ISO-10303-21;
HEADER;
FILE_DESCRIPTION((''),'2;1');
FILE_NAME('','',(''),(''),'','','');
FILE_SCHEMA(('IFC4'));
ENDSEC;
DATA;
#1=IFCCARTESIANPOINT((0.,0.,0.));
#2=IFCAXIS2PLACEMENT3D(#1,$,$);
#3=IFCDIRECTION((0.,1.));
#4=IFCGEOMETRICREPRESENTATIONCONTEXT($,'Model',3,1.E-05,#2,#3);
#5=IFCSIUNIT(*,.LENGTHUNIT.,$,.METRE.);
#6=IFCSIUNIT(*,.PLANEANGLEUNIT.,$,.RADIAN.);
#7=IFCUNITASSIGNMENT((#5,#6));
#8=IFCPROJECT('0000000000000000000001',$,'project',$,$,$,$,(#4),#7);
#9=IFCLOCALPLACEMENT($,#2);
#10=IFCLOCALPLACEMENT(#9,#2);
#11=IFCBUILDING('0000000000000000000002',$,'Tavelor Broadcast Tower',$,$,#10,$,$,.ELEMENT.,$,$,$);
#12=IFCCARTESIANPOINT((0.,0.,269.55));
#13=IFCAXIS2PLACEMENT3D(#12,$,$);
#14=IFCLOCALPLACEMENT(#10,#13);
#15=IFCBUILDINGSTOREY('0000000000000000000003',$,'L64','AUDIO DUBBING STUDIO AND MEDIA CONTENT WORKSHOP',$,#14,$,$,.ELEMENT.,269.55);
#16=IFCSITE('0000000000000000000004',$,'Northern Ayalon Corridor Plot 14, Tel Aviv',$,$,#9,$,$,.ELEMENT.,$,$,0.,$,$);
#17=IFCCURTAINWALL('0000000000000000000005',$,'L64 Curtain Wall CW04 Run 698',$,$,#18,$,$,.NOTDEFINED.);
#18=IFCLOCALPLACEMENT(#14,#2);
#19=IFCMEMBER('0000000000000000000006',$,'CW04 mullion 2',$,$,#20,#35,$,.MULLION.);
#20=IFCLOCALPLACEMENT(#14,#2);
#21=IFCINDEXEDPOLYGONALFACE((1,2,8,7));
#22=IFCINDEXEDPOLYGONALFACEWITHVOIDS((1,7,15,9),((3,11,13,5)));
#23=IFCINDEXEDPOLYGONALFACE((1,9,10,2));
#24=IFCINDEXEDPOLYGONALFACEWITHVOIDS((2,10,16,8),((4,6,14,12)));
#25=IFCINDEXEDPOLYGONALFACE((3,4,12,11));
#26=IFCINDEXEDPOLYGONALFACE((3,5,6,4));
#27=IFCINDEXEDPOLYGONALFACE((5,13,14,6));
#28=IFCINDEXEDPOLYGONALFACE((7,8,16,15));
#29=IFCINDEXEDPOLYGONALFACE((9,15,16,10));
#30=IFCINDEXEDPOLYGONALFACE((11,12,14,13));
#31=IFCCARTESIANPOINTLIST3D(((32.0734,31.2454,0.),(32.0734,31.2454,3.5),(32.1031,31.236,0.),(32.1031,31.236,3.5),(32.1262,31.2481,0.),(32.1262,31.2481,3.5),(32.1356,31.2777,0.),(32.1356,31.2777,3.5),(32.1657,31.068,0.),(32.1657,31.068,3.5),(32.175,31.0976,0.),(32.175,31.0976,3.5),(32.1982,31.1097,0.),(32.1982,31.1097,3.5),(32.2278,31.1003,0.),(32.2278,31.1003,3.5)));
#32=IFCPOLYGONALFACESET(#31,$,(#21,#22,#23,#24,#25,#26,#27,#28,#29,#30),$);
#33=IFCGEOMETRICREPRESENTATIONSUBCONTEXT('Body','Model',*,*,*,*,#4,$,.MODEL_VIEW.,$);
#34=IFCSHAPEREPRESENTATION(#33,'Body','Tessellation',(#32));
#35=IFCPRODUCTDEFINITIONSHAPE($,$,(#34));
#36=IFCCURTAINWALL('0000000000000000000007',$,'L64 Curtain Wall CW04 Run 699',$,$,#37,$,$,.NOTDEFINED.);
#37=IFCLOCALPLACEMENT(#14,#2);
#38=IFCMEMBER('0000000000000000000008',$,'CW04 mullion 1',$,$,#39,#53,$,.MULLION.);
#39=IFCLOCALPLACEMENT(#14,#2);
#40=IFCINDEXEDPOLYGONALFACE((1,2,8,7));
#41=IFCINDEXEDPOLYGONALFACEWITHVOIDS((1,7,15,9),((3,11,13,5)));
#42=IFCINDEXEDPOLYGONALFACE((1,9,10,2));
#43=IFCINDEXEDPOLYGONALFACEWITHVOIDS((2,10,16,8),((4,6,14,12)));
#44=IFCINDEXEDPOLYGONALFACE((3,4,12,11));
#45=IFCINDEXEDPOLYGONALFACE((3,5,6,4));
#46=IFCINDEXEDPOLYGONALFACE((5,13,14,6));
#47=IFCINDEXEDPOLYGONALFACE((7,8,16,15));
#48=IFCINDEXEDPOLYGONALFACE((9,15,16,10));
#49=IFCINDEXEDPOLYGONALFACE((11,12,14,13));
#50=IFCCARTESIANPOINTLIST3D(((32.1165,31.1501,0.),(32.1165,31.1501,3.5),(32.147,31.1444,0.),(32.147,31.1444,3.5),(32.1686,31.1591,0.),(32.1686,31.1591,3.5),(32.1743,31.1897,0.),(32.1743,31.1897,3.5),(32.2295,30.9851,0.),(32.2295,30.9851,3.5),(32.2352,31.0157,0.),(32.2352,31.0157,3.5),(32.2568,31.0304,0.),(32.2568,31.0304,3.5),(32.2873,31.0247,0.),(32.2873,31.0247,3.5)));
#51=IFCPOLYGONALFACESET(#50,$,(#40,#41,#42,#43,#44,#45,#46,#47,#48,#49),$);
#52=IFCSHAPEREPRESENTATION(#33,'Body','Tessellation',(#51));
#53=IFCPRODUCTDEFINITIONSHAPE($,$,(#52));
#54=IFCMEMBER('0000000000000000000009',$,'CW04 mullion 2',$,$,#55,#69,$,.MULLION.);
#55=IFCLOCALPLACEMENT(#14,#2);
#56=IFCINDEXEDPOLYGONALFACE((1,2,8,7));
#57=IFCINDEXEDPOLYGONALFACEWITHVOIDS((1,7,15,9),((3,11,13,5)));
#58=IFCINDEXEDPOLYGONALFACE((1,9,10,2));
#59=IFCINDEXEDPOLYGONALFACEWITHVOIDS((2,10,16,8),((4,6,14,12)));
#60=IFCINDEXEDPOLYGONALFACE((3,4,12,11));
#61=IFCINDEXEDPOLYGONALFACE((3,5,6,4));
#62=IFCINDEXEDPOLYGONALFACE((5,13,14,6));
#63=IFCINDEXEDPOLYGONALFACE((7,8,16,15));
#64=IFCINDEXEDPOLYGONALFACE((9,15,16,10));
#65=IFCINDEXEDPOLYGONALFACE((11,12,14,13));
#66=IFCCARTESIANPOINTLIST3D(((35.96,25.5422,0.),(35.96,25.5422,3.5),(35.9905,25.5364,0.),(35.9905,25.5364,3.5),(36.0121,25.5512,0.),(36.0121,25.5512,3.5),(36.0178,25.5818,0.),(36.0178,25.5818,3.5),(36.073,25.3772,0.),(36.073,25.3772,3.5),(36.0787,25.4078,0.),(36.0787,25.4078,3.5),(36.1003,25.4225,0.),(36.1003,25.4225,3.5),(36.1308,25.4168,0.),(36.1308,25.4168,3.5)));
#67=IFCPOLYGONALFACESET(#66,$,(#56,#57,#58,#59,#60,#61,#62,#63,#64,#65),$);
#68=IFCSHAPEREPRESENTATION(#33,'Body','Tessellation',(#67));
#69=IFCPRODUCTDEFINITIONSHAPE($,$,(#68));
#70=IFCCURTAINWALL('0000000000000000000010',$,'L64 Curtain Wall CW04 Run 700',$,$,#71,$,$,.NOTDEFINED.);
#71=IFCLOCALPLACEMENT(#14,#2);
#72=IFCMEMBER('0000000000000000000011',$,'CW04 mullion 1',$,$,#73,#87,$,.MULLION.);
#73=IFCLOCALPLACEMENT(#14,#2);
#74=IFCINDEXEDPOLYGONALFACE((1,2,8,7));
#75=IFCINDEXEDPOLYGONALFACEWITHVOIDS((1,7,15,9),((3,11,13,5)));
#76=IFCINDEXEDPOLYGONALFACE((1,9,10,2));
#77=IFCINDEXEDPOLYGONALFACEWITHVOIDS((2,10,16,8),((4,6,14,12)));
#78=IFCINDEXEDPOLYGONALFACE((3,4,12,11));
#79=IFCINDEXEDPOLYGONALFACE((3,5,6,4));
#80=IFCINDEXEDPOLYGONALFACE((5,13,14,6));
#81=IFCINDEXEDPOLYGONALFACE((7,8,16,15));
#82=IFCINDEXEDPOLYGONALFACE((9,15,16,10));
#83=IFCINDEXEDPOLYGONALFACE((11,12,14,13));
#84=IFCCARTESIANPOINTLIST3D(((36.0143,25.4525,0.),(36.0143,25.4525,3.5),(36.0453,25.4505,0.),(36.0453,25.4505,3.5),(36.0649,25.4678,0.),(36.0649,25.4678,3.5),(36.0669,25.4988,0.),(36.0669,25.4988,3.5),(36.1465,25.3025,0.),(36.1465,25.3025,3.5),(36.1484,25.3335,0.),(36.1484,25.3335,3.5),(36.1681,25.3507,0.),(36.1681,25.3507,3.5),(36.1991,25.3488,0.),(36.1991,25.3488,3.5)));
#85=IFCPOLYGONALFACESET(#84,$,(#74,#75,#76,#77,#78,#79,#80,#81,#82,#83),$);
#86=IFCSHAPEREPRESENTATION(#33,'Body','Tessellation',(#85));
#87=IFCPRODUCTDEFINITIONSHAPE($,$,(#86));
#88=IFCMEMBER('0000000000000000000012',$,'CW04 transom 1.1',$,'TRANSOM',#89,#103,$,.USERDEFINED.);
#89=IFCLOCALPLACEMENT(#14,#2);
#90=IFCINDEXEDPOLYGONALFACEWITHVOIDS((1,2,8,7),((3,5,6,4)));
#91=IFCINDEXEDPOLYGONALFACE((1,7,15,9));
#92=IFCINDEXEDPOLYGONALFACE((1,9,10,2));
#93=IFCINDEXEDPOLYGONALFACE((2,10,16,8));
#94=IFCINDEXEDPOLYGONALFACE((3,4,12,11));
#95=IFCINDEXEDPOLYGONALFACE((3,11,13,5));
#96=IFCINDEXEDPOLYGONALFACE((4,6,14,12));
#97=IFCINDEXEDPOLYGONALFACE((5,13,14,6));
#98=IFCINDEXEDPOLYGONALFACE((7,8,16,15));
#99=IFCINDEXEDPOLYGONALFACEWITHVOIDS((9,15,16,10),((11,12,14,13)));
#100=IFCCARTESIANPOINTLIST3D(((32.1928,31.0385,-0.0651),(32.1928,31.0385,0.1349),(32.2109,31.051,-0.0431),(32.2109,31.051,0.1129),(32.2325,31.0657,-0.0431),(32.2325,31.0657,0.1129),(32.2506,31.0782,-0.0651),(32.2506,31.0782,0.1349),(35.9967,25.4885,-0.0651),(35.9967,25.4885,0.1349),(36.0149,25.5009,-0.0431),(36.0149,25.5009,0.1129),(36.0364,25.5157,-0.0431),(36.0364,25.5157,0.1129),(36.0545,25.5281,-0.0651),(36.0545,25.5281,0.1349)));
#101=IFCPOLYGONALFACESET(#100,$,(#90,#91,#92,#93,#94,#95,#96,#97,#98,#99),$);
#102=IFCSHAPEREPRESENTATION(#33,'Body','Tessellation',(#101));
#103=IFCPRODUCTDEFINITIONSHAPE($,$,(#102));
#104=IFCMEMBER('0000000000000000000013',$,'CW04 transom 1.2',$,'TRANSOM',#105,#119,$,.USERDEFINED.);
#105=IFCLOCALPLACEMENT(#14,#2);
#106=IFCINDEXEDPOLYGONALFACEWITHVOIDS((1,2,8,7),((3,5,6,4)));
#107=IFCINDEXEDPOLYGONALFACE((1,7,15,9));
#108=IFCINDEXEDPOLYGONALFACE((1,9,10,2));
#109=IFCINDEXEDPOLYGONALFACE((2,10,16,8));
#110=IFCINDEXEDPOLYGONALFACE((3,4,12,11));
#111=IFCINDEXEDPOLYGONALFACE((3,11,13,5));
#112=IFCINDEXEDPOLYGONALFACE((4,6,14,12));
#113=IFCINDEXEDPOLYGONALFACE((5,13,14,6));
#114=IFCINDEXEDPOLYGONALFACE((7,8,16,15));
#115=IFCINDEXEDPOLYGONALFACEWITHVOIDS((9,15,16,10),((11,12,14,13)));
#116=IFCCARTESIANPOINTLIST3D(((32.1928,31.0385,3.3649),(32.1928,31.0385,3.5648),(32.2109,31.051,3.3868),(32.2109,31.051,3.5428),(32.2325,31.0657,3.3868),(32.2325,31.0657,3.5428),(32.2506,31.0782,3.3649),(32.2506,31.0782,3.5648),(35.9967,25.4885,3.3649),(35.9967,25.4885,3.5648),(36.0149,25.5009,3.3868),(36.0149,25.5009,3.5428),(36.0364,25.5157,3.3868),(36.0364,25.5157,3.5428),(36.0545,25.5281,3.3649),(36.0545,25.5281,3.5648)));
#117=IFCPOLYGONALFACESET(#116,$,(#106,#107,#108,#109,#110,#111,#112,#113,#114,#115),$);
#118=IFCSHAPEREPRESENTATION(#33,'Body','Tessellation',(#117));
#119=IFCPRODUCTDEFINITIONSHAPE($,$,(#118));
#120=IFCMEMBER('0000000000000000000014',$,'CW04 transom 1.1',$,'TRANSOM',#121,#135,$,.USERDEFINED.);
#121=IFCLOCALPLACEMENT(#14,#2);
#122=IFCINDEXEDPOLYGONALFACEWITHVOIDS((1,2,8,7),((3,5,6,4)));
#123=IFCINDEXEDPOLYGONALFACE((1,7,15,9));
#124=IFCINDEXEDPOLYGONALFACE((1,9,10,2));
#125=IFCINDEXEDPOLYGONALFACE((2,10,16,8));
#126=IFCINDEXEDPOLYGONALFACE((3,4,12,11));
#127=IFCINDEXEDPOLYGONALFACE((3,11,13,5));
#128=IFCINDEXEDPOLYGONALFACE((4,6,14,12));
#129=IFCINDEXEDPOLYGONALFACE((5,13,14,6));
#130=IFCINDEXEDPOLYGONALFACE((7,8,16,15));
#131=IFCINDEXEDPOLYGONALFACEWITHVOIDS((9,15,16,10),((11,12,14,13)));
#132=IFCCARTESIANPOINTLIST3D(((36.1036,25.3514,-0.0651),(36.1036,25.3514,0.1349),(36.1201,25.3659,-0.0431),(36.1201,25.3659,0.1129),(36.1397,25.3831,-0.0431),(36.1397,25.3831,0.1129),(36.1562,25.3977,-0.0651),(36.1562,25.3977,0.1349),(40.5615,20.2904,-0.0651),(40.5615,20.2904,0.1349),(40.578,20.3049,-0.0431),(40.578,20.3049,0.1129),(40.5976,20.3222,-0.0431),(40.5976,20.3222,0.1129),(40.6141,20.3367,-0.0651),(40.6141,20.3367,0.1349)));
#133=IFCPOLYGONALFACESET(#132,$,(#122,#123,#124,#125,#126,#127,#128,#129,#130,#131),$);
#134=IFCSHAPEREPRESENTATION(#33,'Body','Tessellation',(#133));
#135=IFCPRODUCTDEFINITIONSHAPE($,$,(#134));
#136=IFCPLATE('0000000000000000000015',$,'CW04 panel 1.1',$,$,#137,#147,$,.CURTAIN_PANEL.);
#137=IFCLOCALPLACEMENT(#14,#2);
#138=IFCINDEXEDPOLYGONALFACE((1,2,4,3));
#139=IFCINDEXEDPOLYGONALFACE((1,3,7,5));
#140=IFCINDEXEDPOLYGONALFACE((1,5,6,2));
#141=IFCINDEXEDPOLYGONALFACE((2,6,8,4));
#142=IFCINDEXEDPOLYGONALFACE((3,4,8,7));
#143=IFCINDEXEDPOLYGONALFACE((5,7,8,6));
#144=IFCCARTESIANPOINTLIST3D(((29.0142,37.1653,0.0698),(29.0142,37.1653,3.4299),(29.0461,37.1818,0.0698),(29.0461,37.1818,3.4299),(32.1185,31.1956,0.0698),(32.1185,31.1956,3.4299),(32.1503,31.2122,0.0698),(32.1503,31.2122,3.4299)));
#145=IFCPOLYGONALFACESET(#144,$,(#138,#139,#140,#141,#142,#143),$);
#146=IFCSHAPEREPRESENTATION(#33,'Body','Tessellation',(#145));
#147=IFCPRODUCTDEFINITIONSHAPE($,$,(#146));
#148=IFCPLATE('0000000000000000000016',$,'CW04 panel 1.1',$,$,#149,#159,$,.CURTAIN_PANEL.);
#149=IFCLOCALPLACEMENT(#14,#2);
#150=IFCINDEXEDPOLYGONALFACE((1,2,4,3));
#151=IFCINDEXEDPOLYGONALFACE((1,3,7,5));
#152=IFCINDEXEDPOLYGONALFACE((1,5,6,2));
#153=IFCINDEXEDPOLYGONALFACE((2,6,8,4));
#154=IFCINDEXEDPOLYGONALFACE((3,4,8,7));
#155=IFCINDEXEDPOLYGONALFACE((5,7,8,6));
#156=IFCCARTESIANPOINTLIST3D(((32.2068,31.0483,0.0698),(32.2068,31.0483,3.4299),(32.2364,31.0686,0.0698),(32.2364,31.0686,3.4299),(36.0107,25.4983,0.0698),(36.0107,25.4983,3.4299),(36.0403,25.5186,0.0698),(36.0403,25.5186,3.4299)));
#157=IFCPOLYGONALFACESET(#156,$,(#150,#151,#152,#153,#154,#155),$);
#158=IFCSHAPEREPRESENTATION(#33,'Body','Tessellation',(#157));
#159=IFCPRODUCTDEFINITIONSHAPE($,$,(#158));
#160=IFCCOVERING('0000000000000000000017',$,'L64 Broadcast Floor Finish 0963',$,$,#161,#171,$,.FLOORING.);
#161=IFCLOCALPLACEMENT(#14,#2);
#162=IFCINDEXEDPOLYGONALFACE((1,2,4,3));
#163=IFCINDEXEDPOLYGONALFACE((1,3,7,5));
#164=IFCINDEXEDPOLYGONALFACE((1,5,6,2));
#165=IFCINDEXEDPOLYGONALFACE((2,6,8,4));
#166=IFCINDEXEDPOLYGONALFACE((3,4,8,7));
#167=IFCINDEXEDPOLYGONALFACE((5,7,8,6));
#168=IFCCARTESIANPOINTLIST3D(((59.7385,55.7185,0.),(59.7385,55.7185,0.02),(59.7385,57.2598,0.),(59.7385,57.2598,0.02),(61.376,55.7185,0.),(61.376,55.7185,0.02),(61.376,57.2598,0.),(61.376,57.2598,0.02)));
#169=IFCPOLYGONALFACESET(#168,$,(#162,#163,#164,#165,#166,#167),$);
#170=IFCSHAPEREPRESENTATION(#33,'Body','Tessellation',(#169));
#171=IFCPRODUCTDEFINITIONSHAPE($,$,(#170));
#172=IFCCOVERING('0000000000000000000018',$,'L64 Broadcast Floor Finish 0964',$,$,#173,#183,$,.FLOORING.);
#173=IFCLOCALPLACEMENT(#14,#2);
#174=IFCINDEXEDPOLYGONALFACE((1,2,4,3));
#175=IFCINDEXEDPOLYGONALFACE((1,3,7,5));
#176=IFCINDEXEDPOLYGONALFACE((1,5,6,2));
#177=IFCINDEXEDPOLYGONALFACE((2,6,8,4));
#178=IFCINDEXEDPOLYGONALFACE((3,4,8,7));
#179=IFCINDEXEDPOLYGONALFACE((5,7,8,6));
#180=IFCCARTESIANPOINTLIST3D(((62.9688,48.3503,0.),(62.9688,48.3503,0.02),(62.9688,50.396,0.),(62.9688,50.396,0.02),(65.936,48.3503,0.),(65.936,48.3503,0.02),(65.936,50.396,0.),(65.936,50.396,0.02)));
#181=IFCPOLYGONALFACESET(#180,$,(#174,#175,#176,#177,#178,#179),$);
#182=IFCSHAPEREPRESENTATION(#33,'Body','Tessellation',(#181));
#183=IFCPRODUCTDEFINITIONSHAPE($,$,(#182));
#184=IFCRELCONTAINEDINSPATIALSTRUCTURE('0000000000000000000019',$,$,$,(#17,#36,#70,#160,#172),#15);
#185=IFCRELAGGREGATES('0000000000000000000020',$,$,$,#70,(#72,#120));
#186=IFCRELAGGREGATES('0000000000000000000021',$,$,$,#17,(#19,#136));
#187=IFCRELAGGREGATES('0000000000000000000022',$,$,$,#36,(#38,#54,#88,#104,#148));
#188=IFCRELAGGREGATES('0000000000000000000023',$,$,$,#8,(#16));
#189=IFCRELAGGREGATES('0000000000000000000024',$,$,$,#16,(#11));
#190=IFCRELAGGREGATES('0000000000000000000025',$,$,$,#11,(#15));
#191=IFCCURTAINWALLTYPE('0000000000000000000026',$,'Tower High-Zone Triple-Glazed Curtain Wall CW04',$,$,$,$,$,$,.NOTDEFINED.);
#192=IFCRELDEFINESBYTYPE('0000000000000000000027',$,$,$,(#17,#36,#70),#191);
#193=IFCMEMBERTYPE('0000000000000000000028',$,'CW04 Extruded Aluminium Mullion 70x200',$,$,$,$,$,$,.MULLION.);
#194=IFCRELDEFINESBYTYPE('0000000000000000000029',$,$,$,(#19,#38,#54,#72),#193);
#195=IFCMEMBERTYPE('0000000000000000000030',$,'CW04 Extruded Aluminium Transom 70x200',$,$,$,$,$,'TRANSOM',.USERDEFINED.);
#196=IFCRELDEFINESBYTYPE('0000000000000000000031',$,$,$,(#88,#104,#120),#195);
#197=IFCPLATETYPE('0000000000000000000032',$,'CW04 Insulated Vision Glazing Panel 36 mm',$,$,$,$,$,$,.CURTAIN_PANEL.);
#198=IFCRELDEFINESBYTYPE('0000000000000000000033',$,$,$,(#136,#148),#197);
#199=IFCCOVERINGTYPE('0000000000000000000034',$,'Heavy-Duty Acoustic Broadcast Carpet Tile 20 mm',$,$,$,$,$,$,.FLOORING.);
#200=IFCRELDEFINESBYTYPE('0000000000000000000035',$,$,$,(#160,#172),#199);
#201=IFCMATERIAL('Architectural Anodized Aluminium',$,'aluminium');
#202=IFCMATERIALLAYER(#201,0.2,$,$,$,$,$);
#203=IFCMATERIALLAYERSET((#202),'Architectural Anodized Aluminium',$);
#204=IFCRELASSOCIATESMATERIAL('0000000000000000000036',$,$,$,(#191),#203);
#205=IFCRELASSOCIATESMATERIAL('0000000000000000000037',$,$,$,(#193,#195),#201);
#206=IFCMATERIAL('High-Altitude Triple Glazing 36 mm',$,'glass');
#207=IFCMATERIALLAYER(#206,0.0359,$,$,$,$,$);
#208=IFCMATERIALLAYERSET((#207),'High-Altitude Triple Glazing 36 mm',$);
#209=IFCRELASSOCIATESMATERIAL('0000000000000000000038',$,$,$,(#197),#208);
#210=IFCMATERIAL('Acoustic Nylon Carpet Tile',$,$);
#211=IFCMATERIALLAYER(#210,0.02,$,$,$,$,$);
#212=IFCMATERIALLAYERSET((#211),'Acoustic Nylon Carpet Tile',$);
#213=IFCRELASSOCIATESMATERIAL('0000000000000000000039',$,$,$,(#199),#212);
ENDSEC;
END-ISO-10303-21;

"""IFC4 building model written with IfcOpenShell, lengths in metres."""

from ifc_helpers import new_model, si_unit, direction, frame, origin, origin_2d, place, context, subcontext, project, spatial, polyline, rectangle, hollow_rectangle, outline, extrude, source, transform, mapped, material, layer, layer_set, material_profile, profile_set, type_object, type_shapes, element, aggregate, save


model = new_model("IFC4")

# Units and contexts
model_context = context("Model", 3, precision=1e-05, world=origin(), true_north=direction((0.0, 1.0)))
body_context = subcontext(model_context, "Body", "Model", "MODEL_VIEW")
ifc_project = project(units=[si_unit("LENGTHUNIT", "METRE"), si_unit("PLANEANGLEUNIT", "RADIAN")], contexts=[model_context])

# Site, building, storey
site_placement = place(None, origin())
site = spatial("IfcSite", under=ifc_project, at=site_placement, Name="Northern Ayalon Corridor Plot 14, Tel Aviv", CompositionType="ELEMENT", RefElevation=0.0)
building_placement = place(site_placement, origin())
building = spatial("IfcBuilding", under=site, at=building_placement, Name="Tavelor Broadcast Tower", CompositionType="ELEMENT")
storey_placement = place(building_placement, frame((0.0, 0.0, 269.55)))
storey = spatial("IfcBuildingStorey", under=building, at=storey_placement, Name="L64", Description="AUDIO DUBBING STUDIO AND MEDIA CONTENT WORKSHOP", CompositionType="ELEMENT", Elevation=269.55)

# Curtain wall, member
ifc_material_1 = material(Name="Architectural Anodized Aluminium", Category="aluminium")
ifc_layer_1 = layer(ifc_material_1, 0.2)
ifc_layer_set_1 = layer_set([ifc_layer_1], Name="Architectural Anodized Aluminium")
curtain_wall_type = type_object("IfcCurtainWallType", Name="Tower High-Zone Triple-Glazed Curtain Wall CW04", PredefinedType="NOTDEFINED", material=ifc_layer_set_1)
curtain_wall_1_placement = place(storey_placement, origin())
curtain_wall_1 = element("IfcCurtainWall", 1, at=curtain_wall_1_placement, inside=storey, type_object=curtain_wall_type, Name="L64 Curtain Wall CW04 Run 698", PredefinedType="NOTDEFINED")
ifc_material_profile_1 = material_profile(ifc_material_1, hollow_rectangle(XDim=0.0701, YDim=0.2, WallThickness=0.022, at=origin_2d()), Name="RHS 70x200x22")
ifc_profile_set_1 = profile_set([ifc_material_profile_1], Name="Architectural Anodized Aluminium")
member_type_1 = type_object("IfcMemberType", Name="CW04 Extruded Aluminium Mullion 70x200", PredefinedType="MULLION", material=ifc_profile_set_1)
shared_shape_1 = source(origin(), body_context, "Body", "SweptSolid", [
    extrude(hollow_rectangle(XDim=0.0701, YDim=0.2, WallThickness=0.022, at=origin_2d()), origin(), (0.0, 0.0, 1.0), 3.5),
])
type_shapes(member_type_1, [shared_shape_1])
member_1_placement = place(storey_placement, frame((32.1506, 31.1729, 0.0), z_axis=(0.0, 0.0, 1.0), x_axis=(0.887215, 0.461355, 0.0)))
member_1 = element("IfcMember", 2, at=member_1_placement, type_object=member_type_1, Name="CW04 mullion 2", PredefinedType="MULLION", context=body_context, shape_type="MappedRepresentation", body=[
    mapped(shared_shape_1, transform((0.0, 0.0, 0.0), scale=1.0)),
])

# Curtain wall, members
curtain_wall_2_placement = place(storey_placement, origin())
curtain_wall_2 = element("IfcCurtainWall", 3, at=curtain_wall_2_placement, inside=storey, type_object=curtain_wall_type, Name="L64 Curtain Wall CW04 Run 699", PredefinedType="NOTDEFINED")
member_2_placement = place(storey_placement, frame((32.2019, 31.0874, 0.0), z_axis=(0.0, 0.0, 1.0), x_axis=(0.824857, 0.565342, 0.0)))
member_2 = element("IfcMember", 4, at=member_2_placement, type_object=member_type_1, Name="CW04 mullion 1", PredefinedType="MULLION", context=body_context, shape_type="MappedRepresentation", body=[
    mapped(shared_shape_1, transform((0.0, 0.0, 0.0), scale=1.0)),
])
member_3_placement = place(storey_placement, frame((36.0454, 25.4795, 0.0), z_axis=(0.0, 0.0, 1.0), x_axis=(0.824857, 0.565342, 0.0)))
member_3 = element("IfcMember", 5, at=member_3_placement, type_object=member_type_1, Name="CW04 mullion 2", PredefinedType="MULLION", context=body_context, shape_type="MappedRepresentation", body=[
    mapped(shared_shape_1, transform((0.0, 0.0, 0.0), scale=1.0)),
])

# Curtain wall, member
curtain_wall_3_placement = place(storey_placement, origin())
curtain_wall_3 = element("IfcCurtainWall", 6, at=curtain_wall_3_placement, inside=storey, type_object=curtain_wall_type, Name="L64 Curtain Wall CW04 Run 700", PredefinedType="NOTDEFINED")
member_4_placement = place(storey_placement, frame((36.1067, 25.4006, 0.0), z_axis=(0.0, 0.0, 1.0), x_axis=(0.750388, 0.660998, 0.0)))
member_4 = element("IfcMember", 7, at=member_4_placement, type_object=member_type_1, Name="CW04 mullion 1", PredefinedType="MULLION", context=body_context, shape_type="MappedRepresentation", body=[
    mapped(shared_shape_1, transform((0.0, 0.0, 0.0), scale=1.0)),
])

# Members
ifc_material_profile_2 = material_profile(ifc_material_1, hollow_rectangle(XDim=0.0701, YDim=0.2, WallThickness=0.022, at=origin_2d()), Name="RHS 70x200x22")
ifc_profile_set_2 = profile_set([ifc_material_profile_2], Name="Architectural Anodized Aluminium")
member_type_2 = type_object("IfcMemberType", Name="CW04 Extruded Aluminium Transom 70x200", ElementType="TRANSOM", PredefinedType="USERDEFINED", material=ifc_profile_set_2)
shared_shape_2 = source(origin(), body_context, "Body", "SweptSolid", [
    extrude(hollow_rectangle(XDim=0.0701, YDim=0.2, WallThickness=0.022, at=origin_2d()), origin(), (0.0, 0.0, 1.0), 6.7285),
])
member_5_placement = place(storey_placement, frame((32.2217, 31.0583, 0.0349), z_axis=(0.565347, -0.824853, 0.0), x_axis=(0.824853, 0.565347, 0.0)))
member_5 = element("IfcMember", 8, at=member_5_placement, type_object=member_type_2, Name="CW04 transom 1.1", ObjectType="TRANSOM", PredefinedType="USERDEFINED", context=body_context, shape_type="MappedRepresentation", body=[
    mapped(shared_shape_2, transform((0.0, 0.0, 0.0), scale=1.0)),
])
member_6_placement = place(storey_placement, frame((32.2217, 31.0583, 3.4648), z_axis=(0.565347, -0.824853, 0.0), x_axis=(0.824853, 0.565347, 0.0)))
member_6 = element("IfcMember", 9, at=member_6_placement, type_object=member_type_2, Name="CW04 transom 1.2", ObjectType="TRANSOM", PredefinedType="USERDEFINED", context=body_context, shape_type="MappedRepresentation", body=[
    mapped(shared_shape_2, transform((0.0, 0.0, 0.0), scale=1.0)),
])
shared_shape_3 = source(origin(), body_context, "Body", "SweptSolid", [
    extrude(hollow_rectangle(XDim=0.0701, YDim=0.2, WallThickness=0.022, at=origin_2d()), origin(), (0.0, 0.0, 1.0), 6.7444),
])
type_shapes(member_type_2, [shared_shape_2, shared_shape_3])
member_7_placement = place(storey_placement, frame((36.1299, 25.3745, 0.0349), z_axis=(0.660987, -0.750397, 0.0), x_axis=(0.750397, 0.660987, 0.0)))
member_7 = element("IfcMember", 10, at=member_7_placement, type_object=member_type_2, Name="CW04 transom 1.1", ObjectType="TRANSOM", PredefinedType="USERDEFINED", context=body_context, shape_type="MappedRepresentation", body=[
    mapped(shared_shape_3, transform((0.0, 0.0, 0.0), scale=1.0)),
])
aggregate(curtain_wall_3, [member_4, member_7])

# Plates
ifc_material_2 = material(Name="High-Altitude Triple Glazing 36 mm", Category="glass")
ifc_layer_2 = layer(ifc_material_2, 0.0359)
ifc_layer_set_2 = layer_set([ifc_layer_2], Name="High-Altitude Triple Glazing 36 mm")
plate_type = type_object("IfcPlateType", Name="CW04 Insulated Vision Glazing Panel 36 mm", PredefinedType="CURTAIN_PANEL", material=ifc_layer_set_2)
shared_shape_4 = source(origin(), body_context, "Body", "SweptSolid", [
    extrude(rectangle(XDim=6.7285, YDim=0.0359, at=origin_2d()), origin(), (0.0, 0.0, 1.0), 3.3601),
])
type_shapes(plate_type, [shared_shape_4])
plate_1_placement = place(storey_placement, frame((30.5823, 34.1887, 0.0698), z_axis=(0.0, 0.0, 1.0), x_axis=(0.461355, -0.887215, 0.0)))
plate_1 = element("IfcPlate", 11, at=plate_1_placement, type_object=plate_type, Name="CW04 panel 1.1", PredefinedType="CURTAIN_PANEL", context=body_context, shape_type="MappedRepresentation", body=[
    mapped(shared_shape_4, transform((0.0, 0.0, 0.0), scale=1.0)),
])
aggregate(curtain_wall_1, [member_1, plate_1])
plate_2_placement = place(storey_placement, frame((34.1235, 28.2834, 0.0698), z_axis=(0.0, 0.0, 1.0), x_axis=(0.565342, -0.824857, 0.0)))
plate_2 = element("IfcPlate", 12, at=plate_2_placement, type_object=plate_type, Name="CW04 panel 1.1", PredefinedType="CURTAIN_PANEL", context=body_context, shape_type="MappedRepresentation", body=[
    mapped(shared_shape_4, transform((0.0, 0.0, 0.0), scale=1.0)),
])
aggregate(curtain_wall_2, [member_2, member_3, member_5, member_6, plate_2])

# Coverings
ifc_material_3 = material(Name="Acoustic Nylon Carpet Tile")
ifc_layer_3 = layer(ifc_material_3, 0.02)
ifc_layer_set_3 = layer_set([ifc_layer_3], Name="Acoustic Nylon Carpet Tile")
covering_type_1 = type_object("IfcCoveringType", Name="Heavy-Duty Acoustic Broadcast Carpet Tile 20 mm", PredefinedType="FLOORING", material=ifc_layer_set_3)
covering_1_placement = place(storey_placement, origin())
element("IfcCovering", 13, at=covering_1_placement, inside=storey, type_object=covering_type_1, Name="L64 Broadcast Floor Finish 0963", PredefinedType="FLOORING", context=body_context, shape_type="SweptSolid", body=[
    extrude(outline(polyline([(59.7385, 55.7185), (61.376, 55.7185), (61.376, 57.2598), (59.7385, 57.2598), (59.7385, 55.7185)])), origin(), (0.0, 0.0, 1.0), 0.02),
])
covering_2_placement = place(storey_placement, origin())
element("IfcCovering", 14, at=covering_2_placement, inside=storey, type_object=covering_type_1, Name="L64 Broadcast Floor Finish 0964", PredefinedType="FLOORING", context=body_context, shape_type="SweptSolid", body=[
    extrude(outline(polyline([(62.9688, 48.3503), (65.936, 48.3503), (65.936, 50.396), (62.9688, 50.396), (62.9688, 48.3503)])), origin(), (0.0, 0.0, 1.0), 0.02),
])

save(model, "model.ifc")
